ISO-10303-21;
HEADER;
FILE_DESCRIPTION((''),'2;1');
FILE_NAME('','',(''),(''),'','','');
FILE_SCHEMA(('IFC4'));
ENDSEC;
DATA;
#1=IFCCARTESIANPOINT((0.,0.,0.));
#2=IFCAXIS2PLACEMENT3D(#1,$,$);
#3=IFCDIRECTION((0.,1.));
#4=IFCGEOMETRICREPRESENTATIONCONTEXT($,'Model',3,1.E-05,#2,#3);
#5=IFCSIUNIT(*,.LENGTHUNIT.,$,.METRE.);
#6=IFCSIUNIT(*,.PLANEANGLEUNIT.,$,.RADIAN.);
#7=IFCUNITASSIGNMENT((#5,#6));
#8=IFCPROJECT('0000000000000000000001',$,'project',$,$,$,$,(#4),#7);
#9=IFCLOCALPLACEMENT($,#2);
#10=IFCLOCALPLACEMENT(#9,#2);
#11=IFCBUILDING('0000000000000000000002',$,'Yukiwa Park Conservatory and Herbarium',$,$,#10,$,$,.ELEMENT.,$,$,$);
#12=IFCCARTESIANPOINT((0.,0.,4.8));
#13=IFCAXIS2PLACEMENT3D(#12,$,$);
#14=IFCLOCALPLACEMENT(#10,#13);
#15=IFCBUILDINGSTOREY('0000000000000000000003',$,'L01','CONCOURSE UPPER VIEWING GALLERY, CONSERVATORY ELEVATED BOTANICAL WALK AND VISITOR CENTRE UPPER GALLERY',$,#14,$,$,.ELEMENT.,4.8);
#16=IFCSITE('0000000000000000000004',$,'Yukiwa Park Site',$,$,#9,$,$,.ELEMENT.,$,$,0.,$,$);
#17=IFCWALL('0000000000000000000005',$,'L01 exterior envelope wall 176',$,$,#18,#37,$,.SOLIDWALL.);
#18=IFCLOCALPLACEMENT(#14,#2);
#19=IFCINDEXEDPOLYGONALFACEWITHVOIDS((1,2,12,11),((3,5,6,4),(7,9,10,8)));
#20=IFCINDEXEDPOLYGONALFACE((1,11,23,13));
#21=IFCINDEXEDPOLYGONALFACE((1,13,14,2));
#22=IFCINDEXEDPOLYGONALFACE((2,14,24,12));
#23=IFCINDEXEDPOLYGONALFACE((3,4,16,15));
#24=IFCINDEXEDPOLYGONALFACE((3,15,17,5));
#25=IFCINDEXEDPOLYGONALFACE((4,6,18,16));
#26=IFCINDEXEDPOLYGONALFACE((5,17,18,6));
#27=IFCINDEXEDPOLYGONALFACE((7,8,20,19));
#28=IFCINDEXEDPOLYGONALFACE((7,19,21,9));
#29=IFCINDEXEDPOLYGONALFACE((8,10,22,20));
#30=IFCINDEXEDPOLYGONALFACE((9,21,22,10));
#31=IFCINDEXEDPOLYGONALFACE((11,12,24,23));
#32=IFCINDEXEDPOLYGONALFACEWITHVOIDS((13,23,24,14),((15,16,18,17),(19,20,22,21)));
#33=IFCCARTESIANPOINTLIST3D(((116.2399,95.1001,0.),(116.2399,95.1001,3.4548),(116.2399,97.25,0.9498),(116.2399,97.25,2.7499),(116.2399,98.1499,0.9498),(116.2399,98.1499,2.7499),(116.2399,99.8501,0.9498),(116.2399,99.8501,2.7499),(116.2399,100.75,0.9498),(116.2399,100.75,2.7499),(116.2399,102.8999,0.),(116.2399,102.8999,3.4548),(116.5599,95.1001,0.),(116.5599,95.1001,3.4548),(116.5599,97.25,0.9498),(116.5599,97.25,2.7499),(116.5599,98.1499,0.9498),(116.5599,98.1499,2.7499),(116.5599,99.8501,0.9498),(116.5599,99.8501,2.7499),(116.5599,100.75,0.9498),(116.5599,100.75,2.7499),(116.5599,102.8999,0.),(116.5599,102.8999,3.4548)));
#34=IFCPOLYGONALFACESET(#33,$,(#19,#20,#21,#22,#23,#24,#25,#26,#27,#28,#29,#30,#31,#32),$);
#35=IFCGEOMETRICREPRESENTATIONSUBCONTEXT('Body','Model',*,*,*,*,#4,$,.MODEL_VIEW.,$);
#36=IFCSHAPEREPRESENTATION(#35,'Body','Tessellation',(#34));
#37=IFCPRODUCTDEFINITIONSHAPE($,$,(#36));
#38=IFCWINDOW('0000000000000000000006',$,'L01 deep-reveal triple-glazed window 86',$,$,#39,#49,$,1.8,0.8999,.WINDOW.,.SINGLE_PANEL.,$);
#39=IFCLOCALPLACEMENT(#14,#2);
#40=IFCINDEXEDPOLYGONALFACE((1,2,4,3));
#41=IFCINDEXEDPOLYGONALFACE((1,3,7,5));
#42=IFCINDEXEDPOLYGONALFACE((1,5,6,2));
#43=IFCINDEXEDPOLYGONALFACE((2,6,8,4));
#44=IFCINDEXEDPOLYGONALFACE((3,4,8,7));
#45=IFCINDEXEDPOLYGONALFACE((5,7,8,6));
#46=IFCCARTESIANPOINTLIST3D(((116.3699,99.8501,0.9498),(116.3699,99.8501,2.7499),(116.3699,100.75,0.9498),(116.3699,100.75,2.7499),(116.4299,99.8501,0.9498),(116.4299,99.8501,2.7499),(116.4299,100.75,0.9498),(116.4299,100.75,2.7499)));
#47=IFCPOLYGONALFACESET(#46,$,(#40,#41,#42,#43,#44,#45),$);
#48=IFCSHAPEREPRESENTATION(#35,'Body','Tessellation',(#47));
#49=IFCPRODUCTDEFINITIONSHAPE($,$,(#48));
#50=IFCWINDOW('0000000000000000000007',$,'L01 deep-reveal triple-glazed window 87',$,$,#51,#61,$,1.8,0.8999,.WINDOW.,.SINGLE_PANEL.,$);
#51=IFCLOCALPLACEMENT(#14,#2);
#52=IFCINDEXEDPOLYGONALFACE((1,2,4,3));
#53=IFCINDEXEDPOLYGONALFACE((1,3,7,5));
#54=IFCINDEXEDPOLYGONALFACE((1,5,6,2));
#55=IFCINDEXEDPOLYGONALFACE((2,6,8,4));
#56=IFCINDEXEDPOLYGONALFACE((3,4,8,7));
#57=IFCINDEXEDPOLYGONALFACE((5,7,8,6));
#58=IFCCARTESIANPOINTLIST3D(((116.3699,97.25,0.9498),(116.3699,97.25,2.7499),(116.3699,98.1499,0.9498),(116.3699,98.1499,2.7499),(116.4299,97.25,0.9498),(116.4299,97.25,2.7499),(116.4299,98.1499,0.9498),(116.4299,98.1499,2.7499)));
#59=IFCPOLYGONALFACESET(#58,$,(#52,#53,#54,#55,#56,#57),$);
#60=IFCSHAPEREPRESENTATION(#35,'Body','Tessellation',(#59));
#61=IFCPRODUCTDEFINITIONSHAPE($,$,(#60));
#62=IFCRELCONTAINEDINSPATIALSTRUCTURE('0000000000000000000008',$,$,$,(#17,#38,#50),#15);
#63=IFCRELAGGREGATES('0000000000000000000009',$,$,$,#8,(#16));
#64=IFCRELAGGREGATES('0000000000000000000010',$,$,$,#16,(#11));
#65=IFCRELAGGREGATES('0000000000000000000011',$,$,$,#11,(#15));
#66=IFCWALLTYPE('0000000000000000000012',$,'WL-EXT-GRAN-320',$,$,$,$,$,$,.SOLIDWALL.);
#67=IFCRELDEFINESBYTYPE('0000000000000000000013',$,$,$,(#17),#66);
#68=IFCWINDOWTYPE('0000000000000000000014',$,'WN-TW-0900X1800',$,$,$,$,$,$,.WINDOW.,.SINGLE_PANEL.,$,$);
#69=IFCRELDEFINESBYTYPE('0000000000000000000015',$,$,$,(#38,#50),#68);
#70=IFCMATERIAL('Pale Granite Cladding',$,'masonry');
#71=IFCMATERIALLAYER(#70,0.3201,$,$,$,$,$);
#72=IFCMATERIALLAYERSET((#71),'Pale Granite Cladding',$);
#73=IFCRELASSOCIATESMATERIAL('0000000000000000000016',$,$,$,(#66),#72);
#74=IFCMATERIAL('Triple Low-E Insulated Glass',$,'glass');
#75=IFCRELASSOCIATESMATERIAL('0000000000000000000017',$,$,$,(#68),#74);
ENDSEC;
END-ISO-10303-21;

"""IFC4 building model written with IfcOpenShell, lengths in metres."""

from ifc_helpers import new_model, si_unit, direction, frame, frame_2d, origin, place, context, subcontext, project, spatial, rectangle, extrude, material, layer, layer_set, type_object, element, fill, save


model = new_model("IFC4")

# Units and contexts
model_context = context("Model", 3, precision=1e-05, world=origin(), true_north=direction((0.0, 1.0)))
body_context = subcontext(model_context, "Body", "Model", "MODEL_VIEW")
ifc_project = project(units=[si_unit("LENGTHUNIT", "METRE"), si_unit("PLANEANGLEUNIT", "RADIAN")], contexts=[model_context])

# Site, building, storey
site_placement = place(None, origin())
site = spatial("IfcSite", under=ifc_project, at=site_placement, Name="Yukiwa Park Site", CompositionType="ELEMENT", RefElevation=0.0)
building_placement = place(site_placement, origin())
building = spatial("IfcBuilding", under=site, at=building_placement, Name="Yukiwa Park Conservatory and Herbarium", CompositionType="ELEMENT")
storey_placement = place(building_placement, frame((0.0, 0.0, 4.8)))
storey = spatial("IfcBuildingStorey", under=building, at=storey_placement, Name="L01", Description="CONCOURSE UPPER VIEWING GALLERY, CONSERVATORY ELEVATED BOTANICAL WALK AND VISITOR CENTRE UPPER GALLERY", CompositionType="ELEMENT", Elevation=4.8)

# Wall, openings, windows
ifc_material_1 = material(Name="Pale Granite Cladding", Category="masonry")
ifc_layer_1 = layer(ifc_material_1, 0.3201)
ifc_layer_set_1 = layer_set([ifc_layer_1], Name="Pale Granite Cladding")
wall_type = type_object("IfcWallType", Name="WL-EXT-GRAN-320", PredefinedType="SOLIDWALL", material=ifc_layer_set_1)
ifc_material_2 = material(Name="Triple Low-E Insulated Glass", Category="glass")
window_type = type_object("IfcWindowType", Name="WN-TW-0900X1800", PartitioningType="SINGLE_PANEL", PredefinedType="WINDOW", material=ifc_material_2)
wall_1_placement = place(storey_placement, frame((116.3999, 102.8999, 0.0), z_axis=(0.0, 0.0, 1.0), x_axis=(0.0, -1.0, 0.0)))
wall_1 = element("IfcWall", 1, at=wall_1_placement, inside=storey, type_object=wall_type, Name="L01 exterior envelope wall 176", PredefinedType="SOLIDWALL", context=body_context, shape_type="SweptSolid", body=[
    extrude(rectangle(XDim=7.7998, YDim=0.3201, at=frame_2d((3.8999, 0.0))), origin(), (0.0, 0.0, 1.0), 3.4548),
])
opening_1_placement = place(wall_1_placement, frame((2.1499, 0.0, 0.95)))
opening_1 = element("IfcOpeningElement", 2, at=opening_1_placement, cuts=wall_1, PredefinedType="OPENING", context=body_context, shape_type="SweptSolid", body=[
    extrude(rectangle(XDim=0.8999, YDim=1.8, at=frame_2d((0.45, 0.8999))), frame((0.0, 0.1699, 0.0), z_axis=(0.0, -1.0, 0.0), x_axis=(1.0, 0.0, 0.0)), (0.0, 0.0, 1.0), 0.3401),
])
opening_2_placement = place(wall_1_placement, frame((4.75, 0.0, 0.95)))
opening_2 = element("IfcOpeningElement", 3, at=opening_2_placement, cuts=wall_1, PredefinedType="OPENING", context=body_context, shape_type="SweptSolid", body=[
    extrude(rectangle(XDim=0.8999, YDim=1.8, at=frame_2d((0.45, 0.8999))), frame((0.0, 0.1699, 0.0), z_axis=(0.0, -1.0, 0.0), x_axis=(1.0, 0.0, 0.0)), (0.0, 0.0, 1.0), 0.3401),
])
window_1_placement = place(opening_1_placement, origin())
window_1 = element("IfcWindow", 4, at=window_1_placement, inside=storey, type_object=window_type, Name="L01 deep-reveal triple-glazed window 86", OverallHeight=1.8, OverallWidth=0.8999, PartitioningType="SINGLE_PANEL", PredefinedType="WINDOW", context=body_context, shape_type="SweptSolid", body=[
    extrude(rectangle(XDim=0.8999, YDim=1.8, at=frame_2d((0.45, 0.8999))), frame((0.0, 0.03, 0.0), z_axis=(0.0, -1.0, 0.0), x_axis=(1.0, 0.0, 0.0)), (0.0, 0.0, 1.0), 0.0601),
])
fill(opening_1, window_1)
window_2_placement = place(opening_2_placement, origin())
window_2 = element("IfcWindow", 5, at=window_2_placement, inside=storey, type_object=window_type, Name="L01 deep-reveal triple-glazed window 87", OverallHeight=1.8, OverallWidth=0.8999, PartitioningType="SINGLE_PANEL", PredefinedType="WINDOW", context=body_context, shape_type="SweptSolid", body=[
    extrude(rectangle(XDim=0.8999, YDim=1.8, at=frame_2d((0.45, 0.8999))), frame((0.0, 0.03, 0.0), z_axis=(0.0, -1.0, 0.0), x_axis=(1.0, 0.0, 0.0)), (0.0, 0.0, 1.0), 0.0601),
])
fill(opening_2, window_2)

save(model, "model.ifc")
